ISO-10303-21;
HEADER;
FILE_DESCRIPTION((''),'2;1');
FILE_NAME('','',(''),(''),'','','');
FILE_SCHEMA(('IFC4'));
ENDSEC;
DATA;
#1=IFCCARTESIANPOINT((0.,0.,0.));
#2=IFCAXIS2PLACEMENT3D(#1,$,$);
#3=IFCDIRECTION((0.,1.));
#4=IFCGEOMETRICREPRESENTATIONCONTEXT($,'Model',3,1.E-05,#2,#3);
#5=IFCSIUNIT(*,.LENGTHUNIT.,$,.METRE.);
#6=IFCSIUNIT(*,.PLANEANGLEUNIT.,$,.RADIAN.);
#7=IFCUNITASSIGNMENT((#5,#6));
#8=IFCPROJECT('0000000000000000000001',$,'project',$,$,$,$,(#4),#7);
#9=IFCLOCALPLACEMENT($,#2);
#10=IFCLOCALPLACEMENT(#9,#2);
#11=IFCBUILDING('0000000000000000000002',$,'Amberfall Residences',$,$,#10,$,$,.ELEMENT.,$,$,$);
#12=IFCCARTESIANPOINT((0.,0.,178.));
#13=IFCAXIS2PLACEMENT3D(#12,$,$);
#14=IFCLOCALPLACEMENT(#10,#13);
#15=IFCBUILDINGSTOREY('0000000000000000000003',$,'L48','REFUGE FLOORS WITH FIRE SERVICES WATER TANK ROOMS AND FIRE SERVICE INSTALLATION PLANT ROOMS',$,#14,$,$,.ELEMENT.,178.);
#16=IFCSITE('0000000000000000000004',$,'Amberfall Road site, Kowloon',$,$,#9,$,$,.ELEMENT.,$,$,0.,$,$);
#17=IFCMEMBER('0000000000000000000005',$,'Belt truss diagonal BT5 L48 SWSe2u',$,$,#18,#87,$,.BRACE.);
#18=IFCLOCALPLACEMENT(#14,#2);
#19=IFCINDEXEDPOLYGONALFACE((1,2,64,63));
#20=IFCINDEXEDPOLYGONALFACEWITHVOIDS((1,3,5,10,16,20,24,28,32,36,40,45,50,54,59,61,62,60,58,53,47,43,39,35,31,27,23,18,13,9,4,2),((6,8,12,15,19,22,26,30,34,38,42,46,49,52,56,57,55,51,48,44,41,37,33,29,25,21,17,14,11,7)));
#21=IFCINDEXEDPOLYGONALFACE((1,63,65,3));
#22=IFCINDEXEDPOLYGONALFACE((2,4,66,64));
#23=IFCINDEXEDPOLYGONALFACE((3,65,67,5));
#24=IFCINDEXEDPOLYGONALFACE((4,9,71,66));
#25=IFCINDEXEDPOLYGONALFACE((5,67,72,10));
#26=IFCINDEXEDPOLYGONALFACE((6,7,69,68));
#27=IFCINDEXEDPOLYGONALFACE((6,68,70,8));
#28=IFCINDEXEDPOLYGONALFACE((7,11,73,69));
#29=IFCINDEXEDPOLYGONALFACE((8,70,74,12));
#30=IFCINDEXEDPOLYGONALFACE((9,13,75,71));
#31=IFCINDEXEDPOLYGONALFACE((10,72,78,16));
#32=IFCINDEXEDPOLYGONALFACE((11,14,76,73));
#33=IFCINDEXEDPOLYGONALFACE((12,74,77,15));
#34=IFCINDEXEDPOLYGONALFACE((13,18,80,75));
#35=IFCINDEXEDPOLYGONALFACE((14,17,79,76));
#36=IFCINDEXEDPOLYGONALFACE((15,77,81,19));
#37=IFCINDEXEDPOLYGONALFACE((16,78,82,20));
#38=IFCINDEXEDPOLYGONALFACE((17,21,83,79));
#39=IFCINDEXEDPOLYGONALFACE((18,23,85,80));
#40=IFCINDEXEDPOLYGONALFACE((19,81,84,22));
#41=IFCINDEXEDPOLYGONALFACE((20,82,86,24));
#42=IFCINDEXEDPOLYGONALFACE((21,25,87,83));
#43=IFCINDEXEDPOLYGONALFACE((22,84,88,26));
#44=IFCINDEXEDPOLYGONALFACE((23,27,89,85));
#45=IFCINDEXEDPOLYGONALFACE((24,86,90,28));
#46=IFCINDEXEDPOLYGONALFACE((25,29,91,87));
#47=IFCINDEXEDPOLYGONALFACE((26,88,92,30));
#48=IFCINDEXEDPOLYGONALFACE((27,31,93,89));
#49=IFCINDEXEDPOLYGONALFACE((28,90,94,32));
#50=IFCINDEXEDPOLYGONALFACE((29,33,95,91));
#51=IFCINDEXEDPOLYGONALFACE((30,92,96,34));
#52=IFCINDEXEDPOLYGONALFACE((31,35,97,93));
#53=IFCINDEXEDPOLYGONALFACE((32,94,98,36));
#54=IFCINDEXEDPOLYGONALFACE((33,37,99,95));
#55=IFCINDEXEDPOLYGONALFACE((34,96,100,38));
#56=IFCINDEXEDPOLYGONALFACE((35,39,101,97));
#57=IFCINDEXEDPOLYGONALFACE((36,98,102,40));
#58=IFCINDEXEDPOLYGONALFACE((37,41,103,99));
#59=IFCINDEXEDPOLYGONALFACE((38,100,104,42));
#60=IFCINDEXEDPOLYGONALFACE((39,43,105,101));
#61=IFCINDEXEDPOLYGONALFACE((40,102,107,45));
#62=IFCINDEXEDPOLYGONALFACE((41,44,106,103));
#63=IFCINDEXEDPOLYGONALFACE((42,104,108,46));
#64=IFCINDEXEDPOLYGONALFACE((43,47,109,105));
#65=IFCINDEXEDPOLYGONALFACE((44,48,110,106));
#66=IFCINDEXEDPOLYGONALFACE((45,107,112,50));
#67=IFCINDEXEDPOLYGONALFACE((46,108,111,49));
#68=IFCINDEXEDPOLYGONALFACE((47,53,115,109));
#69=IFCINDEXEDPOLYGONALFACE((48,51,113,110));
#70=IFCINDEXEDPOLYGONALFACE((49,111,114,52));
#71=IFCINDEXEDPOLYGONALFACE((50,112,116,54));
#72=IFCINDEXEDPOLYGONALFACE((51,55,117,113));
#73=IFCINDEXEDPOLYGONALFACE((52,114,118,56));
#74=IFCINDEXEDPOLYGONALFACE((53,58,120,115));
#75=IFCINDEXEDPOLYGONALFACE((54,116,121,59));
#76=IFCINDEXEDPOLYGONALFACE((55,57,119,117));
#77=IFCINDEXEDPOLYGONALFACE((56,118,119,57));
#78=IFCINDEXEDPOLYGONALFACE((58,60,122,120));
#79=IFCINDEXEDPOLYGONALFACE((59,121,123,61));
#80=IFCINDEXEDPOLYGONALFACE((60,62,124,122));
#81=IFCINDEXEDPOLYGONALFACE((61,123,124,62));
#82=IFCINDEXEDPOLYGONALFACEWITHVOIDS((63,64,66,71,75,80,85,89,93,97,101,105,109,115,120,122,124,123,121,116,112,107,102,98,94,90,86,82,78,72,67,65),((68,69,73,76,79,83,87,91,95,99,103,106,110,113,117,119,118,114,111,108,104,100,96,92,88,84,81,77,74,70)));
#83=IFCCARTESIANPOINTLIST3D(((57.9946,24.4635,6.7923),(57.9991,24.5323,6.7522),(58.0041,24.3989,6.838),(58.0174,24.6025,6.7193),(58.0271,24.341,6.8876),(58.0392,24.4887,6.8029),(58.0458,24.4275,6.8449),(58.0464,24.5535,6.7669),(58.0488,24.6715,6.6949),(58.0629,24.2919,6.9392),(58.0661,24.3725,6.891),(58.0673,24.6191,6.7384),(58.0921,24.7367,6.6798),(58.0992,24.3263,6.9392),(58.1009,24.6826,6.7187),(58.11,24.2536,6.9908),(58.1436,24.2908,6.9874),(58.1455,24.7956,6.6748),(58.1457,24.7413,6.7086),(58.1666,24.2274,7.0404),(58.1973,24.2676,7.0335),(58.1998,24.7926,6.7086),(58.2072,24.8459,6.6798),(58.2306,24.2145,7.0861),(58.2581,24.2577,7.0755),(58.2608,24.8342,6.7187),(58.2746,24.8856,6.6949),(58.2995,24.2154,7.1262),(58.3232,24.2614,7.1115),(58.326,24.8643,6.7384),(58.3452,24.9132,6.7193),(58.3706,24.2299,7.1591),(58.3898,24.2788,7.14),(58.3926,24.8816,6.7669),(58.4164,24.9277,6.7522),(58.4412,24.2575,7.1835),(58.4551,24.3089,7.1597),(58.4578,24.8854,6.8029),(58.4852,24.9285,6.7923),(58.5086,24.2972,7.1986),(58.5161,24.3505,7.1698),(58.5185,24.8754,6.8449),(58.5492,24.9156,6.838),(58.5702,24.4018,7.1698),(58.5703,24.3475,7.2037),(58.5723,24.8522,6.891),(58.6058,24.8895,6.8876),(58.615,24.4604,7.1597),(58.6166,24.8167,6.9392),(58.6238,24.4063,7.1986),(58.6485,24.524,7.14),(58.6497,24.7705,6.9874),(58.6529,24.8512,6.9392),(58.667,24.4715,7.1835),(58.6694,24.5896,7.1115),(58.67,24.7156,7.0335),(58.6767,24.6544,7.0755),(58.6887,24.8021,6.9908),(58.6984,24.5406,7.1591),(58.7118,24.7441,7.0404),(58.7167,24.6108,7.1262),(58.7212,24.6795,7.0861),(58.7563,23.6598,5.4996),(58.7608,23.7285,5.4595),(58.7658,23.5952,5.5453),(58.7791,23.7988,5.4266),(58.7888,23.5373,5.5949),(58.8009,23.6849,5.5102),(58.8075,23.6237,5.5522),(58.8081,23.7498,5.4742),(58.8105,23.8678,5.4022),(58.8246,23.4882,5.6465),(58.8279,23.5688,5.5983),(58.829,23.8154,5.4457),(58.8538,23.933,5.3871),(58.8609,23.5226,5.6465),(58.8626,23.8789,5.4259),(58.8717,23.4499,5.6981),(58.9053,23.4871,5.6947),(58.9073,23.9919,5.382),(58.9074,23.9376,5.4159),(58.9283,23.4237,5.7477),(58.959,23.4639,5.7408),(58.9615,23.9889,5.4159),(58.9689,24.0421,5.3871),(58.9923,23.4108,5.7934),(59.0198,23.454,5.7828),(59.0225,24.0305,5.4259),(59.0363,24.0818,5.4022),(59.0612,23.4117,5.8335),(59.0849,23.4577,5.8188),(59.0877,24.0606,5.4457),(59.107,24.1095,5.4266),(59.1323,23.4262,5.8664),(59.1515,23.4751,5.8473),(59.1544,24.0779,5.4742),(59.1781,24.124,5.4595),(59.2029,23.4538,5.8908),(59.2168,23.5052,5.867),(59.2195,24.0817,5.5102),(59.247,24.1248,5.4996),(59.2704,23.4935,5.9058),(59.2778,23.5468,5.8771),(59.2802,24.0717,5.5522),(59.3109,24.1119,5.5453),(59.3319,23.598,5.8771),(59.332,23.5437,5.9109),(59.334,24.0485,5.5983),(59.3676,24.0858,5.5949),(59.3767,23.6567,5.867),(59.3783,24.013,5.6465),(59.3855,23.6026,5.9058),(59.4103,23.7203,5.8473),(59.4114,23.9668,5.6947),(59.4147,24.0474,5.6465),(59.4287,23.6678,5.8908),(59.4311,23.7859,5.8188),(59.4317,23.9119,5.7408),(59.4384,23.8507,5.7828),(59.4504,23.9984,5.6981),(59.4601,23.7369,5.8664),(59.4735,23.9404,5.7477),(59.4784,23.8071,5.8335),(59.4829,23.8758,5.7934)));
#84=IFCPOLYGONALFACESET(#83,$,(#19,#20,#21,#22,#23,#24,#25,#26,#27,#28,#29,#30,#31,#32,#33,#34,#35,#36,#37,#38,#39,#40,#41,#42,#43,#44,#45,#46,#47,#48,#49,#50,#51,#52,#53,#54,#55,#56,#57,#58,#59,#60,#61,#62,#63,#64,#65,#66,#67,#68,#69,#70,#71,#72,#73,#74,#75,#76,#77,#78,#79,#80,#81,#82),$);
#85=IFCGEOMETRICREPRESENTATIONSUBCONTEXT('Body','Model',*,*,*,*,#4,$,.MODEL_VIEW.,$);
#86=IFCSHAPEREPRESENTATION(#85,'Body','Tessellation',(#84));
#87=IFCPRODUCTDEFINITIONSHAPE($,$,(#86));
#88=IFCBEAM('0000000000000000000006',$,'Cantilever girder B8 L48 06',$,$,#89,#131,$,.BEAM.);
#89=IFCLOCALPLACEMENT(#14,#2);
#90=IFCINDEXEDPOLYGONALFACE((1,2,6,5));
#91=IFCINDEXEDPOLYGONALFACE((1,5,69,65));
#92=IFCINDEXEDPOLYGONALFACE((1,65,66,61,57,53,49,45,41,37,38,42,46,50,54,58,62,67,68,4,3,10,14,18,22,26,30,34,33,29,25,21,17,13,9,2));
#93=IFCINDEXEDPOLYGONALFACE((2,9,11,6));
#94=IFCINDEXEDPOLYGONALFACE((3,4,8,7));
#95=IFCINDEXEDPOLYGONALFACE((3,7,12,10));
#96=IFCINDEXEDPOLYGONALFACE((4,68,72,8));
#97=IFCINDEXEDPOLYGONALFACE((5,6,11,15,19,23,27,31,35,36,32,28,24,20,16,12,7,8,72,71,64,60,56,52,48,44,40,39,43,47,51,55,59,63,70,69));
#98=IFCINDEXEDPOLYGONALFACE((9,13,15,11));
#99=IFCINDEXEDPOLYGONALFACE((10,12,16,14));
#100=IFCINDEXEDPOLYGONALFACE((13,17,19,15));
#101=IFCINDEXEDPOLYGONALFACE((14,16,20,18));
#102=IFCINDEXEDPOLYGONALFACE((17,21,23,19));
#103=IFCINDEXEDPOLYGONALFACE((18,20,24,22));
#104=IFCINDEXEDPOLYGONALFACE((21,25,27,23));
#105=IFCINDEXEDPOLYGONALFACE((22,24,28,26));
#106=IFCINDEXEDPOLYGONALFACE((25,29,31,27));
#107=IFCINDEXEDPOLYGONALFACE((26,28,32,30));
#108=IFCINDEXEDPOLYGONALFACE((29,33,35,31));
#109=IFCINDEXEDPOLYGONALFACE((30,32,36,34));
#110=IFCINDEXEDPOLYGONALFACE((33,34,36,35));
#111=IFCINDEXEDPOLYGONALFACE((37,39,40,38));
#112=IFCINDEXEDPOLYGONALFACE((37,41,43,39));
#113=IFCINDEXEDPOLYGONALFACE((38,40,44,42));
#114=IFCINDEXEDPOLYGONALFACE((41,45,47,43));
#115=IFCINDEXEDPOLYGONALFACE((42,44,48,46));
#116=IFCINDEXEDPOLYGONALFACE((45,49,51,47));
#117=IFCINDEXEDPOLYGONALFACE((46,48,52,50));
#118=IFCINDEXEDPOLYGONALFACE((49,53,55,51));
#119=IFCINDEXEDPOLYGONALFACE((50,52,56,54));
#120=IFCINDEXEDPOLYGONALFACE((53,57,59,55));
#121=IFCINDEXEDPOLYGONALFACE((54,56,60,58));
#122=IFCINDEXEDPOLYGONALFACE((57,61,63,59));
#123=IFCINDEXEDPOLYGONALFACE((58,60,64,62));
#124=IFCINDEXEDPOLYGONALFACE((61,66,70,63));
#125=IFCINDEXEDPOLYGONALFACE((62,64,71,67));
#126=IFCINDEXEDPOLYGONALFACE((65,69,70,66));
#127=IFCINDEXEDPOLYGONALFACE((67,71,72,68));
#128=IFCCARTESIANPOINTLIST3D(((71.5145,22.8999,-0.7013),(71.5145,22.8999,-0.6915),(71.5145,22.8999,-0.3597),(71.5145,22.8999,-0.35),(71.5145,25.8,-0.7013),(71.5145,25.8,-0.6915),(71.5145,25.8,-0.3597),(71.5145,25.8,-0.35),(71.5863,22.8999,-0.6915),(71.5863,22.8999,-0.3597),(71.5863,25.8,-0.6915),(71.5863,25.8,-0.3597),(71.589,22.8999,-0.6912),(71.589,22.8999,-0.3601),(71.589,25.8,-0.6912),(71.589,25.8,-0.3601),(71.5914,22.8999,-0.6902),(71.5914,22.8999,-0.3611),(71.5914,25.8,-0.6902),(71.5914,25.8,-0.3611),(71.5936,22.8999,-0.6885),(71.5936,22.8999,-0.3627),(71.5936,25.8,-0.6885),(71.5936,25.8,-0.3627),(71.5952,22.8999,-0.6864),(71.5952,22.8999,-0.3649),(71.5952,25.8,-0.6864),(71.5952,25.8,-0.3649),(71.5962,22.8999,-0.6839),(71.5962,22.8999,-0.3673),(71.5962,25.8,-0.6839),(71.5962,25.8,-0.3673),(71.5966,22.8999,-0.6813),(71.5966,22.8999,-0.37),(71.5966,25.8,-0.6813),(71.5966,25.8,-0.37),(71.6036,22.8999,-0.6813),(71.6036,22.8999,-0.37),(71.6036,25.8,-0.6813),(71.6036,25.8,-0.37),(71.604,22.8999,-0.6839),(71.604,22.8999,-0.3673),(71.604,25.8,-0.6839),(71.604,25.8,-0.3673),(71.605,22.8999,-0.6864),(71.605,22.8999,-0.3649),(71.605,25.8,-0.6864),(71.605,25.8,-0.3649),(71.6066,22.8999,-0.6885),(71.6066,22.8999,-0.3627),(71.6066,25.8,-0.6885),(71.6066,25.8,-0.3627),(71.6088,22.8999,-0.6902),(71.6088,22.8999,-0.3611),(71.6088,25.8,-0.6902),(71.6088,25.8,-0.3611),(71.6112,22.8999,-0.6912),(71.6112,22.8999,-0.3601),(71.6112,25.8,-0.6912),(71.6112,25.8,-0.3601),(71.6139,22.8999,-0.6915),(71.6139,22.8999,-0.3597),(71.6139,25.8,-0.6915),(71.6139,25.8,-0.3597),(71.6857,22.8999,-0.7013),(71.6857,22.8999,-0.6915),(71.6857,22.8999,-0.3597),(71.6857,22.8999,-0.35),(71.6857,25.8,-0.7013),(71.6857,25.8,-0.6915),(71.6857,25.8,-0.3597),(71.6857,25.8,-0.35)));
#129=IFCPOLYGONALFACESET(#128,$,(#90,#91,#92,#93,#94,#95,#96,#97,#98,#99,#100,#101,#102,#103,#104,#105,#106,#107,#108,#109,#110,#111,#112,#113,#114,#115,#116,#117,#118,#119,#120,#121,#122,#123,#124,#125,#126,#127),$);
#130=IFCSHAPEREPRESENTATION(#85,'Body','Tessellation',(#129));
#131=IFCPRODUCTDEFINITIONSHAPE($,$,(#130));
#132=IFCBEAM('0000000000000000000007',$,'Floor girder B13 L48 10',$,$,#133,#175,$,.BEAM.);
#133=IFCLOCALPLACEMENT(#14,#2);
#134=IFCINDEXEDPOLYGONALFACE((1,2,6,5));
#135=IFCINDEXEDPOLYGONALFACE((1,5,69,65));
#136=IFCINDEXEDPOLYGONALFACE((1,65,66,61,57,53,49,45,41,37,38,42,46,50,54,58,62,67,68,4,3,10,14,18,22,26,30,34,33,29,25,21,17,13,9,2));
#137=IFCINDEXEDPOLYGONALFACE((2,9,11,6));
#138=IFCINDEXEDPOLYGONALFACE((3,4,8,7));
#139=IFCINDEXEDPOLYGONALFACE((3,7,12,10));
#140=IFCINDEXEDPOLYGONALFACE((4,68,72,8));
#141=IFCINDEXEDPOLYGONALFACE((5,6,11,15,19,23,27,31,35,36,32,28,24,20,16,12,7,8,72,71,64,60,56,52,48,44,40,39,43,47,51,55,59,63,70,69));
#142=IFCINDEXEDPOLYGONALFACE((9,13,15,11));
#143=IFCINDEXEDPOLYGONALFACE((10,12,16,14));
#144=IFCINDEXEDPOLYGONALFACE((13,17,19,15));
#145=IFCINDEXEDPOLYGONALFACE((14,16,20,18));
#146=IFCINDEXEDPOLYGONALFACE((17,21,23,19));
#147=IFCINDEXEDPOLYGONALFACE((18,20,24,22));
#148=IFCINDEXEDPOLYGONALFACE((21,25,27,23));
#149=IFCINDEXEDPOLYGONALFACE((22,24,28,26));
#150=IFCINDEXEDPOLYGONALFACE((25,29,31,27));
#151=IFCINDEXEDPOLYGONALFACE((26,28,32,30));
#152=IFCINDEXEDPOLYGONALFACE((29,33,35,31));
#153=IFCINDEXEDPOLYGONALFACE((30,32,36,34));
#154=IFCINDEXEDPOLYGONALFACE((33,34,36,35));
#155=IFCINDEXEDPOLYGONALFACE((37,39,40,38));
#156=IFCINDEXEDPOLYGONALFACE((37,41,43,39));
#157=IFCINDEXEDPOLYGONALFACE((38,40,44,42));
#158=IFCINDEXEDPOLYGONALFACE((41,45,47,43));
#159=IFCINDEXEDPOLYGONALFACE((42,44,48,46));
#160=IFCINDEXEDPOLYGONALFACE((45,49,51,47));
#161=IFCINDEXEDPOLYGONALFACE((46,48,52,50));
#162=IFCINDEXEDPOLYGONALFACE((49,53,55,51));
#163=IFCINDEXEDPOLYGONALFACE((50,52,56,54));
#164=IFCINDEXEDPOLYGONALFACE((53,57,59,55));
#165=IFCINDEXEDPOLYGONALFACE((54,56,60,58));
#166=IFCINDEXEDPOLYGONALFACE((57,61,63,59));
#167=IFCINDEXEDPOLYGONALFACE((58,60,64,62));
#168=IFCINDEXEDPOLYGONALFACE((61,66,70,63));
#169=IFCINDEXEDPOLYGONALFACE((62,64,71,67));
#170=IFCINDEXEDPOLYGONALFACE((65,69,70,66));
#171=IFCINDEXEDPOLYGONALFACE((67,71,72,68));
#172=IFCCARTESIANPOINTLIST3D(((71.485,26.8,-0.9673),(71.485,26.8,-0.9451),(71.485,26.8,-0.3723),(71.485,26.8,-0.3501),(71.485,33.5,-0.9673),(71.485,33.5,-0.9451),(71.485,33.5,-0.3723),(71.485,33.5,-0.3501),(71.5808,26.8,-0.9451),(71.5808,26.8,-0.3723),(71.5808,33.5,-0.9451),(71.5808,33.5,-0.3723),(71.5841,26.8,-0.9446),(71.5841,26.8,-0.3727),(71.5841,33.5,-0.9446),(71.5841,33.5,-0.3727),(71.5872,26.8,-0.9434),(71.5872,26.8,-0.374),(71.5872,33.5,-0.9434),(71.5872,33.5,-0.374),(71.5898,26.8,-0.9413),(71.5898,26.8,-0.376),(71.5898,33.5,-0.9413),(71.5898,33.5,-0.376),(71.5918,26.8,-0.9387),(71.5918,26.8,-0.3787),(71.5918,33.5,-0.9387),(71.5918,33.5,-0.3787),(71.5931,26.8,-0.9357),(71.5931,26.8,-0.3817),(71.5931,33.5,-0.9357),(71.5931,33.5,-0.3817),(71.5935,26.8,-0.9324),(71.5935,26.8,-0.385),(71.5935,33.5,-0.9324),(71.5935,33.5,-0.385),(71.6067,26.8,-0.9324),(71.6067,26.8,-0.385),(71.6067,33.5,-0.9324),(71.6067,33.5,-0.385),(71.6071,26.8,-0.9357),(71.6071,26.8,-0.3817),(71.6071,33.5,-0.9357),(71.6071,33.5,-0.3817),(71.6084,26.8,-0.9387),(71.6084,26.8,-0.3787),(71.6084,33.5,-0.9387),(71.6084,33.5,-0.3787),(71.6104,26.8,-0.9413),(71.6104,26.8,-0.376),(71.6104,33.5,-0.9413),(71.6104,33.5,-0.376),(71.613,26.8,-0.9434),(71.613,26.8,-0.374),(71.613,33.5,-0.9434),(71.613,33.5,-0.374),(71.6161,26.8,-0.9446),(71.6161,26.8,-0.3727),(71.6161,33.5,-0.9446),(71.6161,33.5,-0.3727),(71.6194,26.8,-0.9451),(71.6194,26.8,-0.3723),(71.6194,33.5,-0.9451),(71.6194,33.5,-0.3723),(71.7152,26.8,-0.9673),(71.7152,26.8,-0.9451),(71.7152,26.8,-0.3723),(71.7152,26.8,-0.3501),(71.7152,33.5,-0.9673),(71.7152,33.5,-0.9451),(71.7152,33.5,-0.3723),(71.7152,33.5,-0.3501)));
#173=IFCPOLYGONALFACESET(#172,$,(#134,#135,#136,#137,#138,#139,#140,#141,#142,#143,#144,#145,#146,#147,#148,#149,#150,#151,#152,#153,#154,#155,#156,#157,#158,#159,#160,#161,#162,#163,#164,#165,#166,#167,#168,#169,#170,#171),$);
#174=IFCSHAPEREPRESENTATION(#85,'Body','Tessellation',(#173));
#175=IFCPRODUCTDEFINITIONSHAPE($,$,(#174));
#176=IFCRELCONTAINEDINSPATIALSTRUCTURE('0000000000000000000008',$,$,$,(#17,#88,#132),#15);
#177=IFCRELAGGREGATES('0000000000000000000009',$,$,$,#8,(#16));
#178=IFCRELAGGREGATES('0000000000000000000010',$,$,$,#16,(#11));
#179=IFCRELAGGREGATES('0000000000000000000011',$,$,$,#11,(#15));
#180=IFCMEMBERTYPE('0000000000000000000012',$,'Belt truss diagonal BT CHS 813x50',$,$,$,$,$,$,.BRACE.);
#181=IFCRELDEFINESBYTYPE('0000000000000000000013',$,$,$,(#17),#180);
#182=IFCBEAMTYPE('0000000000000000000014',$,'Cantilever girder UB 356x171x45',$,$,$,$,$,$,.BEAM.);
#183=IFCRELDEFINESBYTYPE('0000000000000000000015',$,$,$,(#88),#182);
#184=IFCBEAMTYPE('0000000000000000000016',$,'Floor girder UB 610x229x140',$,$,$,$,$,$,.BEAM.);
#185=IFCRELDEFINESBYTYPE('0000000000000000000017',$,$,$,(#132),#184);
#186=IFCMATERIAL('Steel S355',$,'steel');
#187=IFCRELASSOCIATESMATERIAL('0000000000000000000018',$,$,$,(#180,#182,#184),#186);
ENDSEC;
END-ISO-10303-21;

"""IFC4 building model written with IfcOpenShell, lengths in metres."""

from ifc_helpers import new_model, si_unit, direction, frame, origin, origin_2d, place, context, subcontext, project, spatial, hollow_circle, i_section, extrude, material, material_profile, profile_set, type_object, element, save


model = new_model("IFC4")

# Units and contexts
model_context = context("Model", 3, precision=1e-05, world=origin(), true_north=direction((0.0, 1.0)))
body_context = subcontext(model_context, "Body", "Model", "MODEL_VIEW")
ifc_project = project(units=[si_unit("LENGTHUNIT", "METRE"), si_unit("PLANEANGLEUNIT", "RADIAN")], contexts=[model_context])

# Site, building, storey
site_placement = place(None, origin())
site = spatial("IfcSite", under=ifc_project, at=site_placement, Name="Amberfall Road site, Kowloon", CompositionType="ELEMENT", RefElevation=0.0)
building_placement = place(site_placement, origin())
building = spatial("IfcBuilding", under=site, at=building_placement, Name="Amberfall Residences", CompositionType="ELEMENT")
storey_placement = place(building_placement, frame((0.0, 0.0, 178.0)))
storey = spatial("IfcBuildingStorey", under=building, at=storey_placement, Name="L48", Description="REFUGE FLOORS WITH FIRE SERVICES WATER TANK ROOMS AND FIRE SERVICE INSTALLATION PLANT ROOMS", CompositionType="ELEMENT", Elevation=178.0)

# Shared definitions
ifc_material_1 = material(Name="Steel S355", Category="steel")

# Member
ifc_material_profile_1 = material_profile(ifc_material_1, hollow_circle(Radius=0.4065, WallThickness=0.05, at=origin_2d()), Name="CHS 813x50")
ifc_profile_set_1 = profile_set([ifc_material_profile_1], Name="Steel S355")
member_type_1 = type_object("IfcMemberType", Name="Belt truss diagonal BT CHS 813x50", PredefinedType="BRACE", material=ifc_profile_set_1)
member_1_placement = place(storey_placement, frame((58.3579, 24.5715, 6.9392), z_axis=(0.447505, -0.472175, -0.759467), x_axis=(0.725814, 0.687891, 0.0)))
element("IfcMember", 1, at=member_1_placement, inside=storey, type_object=member_type_1, Name="Belt truss diagonal BT5 L48 SWSe2u", PredefinedType="BRACE", context=body_context, shape_type="SweptSolid", body=[
    extrude(hollow_circle(Radius=0.4065, WallThickness=0.05, at=origin_2d()), origin(), (0.0, 0.0, 1.0), 1.7021),
])

# Beams
ifc_material_profile_2 = material_profile(ifc_material_1, i_section(OverallWidth=0.1711, OverallDepth=0.3513, WebThickness=0.0071, FlangeThickness=0.0098, FilletRadius=0.0103, at=origin_2d()), Name="UB 356x171x45")
ifc_profile_set_2 = profile_set([ifc_material_profile_2], Name="Steel S355")
beam_type_1 = type_object("IfcBeamType", Name="Cantilever girder UB 356x171x45", PredefinedType="BEAM", material=ifc_profile_set_2)
beam_1_placement = place(storey_placement, frame((71.6001, 25.8, -0.5256), z_axis=(0.0, -1.0, 0.0), x_axis=(1.0, 0.0, 0.0)))
element("IfcBeam", 2, at=beam_1_placement, inside=storey, type_object=beam_type_1, Name="Cantilever girder B8 L48 06", PredefinedType="BEAM", context=body_context, shape_type="SweptSolid", body=[
    extrude(i_section(OverallWidth=0.1711, OverallDepth=0.3513, WebThickness=0.0071, FlangeThickness=0.0098, FilletRadius=0.0103, at=origin_2d()), origin(), (0.0, 0.0, 1.0), 2.9001),
])
ifc_material_profile_3 = material_profile(ifc_material_1, i_section(OverallWidth=0.2302, OverallDepth=0.6172, WebThickness=0.0132, FlangeThickness=0.0222, FilletRadius=0.0127, at=origin_2d()), Name="UB 610x229x140")
ifc_profile_set_3 = profile_set([ifc_material_profile_3], Name="Steel S355")
beam_type_2 = type_object("IfcBeamType", Name="Floor girder UB 610x229x140", PredefinedType="BEAM", material=ifc_profile_set_3)
beam_2_placement = place(storey_placement, frame((71.6001, 26.8, -0.6587), z_axis=(0.0, 1.0, 0.0), x_axis=(-1.0, 0.0, 0.0)))
element("IfcBeam", 3, at=beam_2_placement, inside=storey, type_object=beam_type_2, Name="Floor girder B13 L48 10", PredefinedType="BEAM", context=body_context, shape_type="SweptSolid", body=[
    extrude(i_section(OverallWidth=0.2302, OverallDepth=0.6172, WebThickness=0.0132, FlangeThickness=0.0222, FilletRadius=0.0127, at=origin_2d()), origin(), (0.0, 0.0, 1.0), 6.7),
])

save(model, "model.ifc")
